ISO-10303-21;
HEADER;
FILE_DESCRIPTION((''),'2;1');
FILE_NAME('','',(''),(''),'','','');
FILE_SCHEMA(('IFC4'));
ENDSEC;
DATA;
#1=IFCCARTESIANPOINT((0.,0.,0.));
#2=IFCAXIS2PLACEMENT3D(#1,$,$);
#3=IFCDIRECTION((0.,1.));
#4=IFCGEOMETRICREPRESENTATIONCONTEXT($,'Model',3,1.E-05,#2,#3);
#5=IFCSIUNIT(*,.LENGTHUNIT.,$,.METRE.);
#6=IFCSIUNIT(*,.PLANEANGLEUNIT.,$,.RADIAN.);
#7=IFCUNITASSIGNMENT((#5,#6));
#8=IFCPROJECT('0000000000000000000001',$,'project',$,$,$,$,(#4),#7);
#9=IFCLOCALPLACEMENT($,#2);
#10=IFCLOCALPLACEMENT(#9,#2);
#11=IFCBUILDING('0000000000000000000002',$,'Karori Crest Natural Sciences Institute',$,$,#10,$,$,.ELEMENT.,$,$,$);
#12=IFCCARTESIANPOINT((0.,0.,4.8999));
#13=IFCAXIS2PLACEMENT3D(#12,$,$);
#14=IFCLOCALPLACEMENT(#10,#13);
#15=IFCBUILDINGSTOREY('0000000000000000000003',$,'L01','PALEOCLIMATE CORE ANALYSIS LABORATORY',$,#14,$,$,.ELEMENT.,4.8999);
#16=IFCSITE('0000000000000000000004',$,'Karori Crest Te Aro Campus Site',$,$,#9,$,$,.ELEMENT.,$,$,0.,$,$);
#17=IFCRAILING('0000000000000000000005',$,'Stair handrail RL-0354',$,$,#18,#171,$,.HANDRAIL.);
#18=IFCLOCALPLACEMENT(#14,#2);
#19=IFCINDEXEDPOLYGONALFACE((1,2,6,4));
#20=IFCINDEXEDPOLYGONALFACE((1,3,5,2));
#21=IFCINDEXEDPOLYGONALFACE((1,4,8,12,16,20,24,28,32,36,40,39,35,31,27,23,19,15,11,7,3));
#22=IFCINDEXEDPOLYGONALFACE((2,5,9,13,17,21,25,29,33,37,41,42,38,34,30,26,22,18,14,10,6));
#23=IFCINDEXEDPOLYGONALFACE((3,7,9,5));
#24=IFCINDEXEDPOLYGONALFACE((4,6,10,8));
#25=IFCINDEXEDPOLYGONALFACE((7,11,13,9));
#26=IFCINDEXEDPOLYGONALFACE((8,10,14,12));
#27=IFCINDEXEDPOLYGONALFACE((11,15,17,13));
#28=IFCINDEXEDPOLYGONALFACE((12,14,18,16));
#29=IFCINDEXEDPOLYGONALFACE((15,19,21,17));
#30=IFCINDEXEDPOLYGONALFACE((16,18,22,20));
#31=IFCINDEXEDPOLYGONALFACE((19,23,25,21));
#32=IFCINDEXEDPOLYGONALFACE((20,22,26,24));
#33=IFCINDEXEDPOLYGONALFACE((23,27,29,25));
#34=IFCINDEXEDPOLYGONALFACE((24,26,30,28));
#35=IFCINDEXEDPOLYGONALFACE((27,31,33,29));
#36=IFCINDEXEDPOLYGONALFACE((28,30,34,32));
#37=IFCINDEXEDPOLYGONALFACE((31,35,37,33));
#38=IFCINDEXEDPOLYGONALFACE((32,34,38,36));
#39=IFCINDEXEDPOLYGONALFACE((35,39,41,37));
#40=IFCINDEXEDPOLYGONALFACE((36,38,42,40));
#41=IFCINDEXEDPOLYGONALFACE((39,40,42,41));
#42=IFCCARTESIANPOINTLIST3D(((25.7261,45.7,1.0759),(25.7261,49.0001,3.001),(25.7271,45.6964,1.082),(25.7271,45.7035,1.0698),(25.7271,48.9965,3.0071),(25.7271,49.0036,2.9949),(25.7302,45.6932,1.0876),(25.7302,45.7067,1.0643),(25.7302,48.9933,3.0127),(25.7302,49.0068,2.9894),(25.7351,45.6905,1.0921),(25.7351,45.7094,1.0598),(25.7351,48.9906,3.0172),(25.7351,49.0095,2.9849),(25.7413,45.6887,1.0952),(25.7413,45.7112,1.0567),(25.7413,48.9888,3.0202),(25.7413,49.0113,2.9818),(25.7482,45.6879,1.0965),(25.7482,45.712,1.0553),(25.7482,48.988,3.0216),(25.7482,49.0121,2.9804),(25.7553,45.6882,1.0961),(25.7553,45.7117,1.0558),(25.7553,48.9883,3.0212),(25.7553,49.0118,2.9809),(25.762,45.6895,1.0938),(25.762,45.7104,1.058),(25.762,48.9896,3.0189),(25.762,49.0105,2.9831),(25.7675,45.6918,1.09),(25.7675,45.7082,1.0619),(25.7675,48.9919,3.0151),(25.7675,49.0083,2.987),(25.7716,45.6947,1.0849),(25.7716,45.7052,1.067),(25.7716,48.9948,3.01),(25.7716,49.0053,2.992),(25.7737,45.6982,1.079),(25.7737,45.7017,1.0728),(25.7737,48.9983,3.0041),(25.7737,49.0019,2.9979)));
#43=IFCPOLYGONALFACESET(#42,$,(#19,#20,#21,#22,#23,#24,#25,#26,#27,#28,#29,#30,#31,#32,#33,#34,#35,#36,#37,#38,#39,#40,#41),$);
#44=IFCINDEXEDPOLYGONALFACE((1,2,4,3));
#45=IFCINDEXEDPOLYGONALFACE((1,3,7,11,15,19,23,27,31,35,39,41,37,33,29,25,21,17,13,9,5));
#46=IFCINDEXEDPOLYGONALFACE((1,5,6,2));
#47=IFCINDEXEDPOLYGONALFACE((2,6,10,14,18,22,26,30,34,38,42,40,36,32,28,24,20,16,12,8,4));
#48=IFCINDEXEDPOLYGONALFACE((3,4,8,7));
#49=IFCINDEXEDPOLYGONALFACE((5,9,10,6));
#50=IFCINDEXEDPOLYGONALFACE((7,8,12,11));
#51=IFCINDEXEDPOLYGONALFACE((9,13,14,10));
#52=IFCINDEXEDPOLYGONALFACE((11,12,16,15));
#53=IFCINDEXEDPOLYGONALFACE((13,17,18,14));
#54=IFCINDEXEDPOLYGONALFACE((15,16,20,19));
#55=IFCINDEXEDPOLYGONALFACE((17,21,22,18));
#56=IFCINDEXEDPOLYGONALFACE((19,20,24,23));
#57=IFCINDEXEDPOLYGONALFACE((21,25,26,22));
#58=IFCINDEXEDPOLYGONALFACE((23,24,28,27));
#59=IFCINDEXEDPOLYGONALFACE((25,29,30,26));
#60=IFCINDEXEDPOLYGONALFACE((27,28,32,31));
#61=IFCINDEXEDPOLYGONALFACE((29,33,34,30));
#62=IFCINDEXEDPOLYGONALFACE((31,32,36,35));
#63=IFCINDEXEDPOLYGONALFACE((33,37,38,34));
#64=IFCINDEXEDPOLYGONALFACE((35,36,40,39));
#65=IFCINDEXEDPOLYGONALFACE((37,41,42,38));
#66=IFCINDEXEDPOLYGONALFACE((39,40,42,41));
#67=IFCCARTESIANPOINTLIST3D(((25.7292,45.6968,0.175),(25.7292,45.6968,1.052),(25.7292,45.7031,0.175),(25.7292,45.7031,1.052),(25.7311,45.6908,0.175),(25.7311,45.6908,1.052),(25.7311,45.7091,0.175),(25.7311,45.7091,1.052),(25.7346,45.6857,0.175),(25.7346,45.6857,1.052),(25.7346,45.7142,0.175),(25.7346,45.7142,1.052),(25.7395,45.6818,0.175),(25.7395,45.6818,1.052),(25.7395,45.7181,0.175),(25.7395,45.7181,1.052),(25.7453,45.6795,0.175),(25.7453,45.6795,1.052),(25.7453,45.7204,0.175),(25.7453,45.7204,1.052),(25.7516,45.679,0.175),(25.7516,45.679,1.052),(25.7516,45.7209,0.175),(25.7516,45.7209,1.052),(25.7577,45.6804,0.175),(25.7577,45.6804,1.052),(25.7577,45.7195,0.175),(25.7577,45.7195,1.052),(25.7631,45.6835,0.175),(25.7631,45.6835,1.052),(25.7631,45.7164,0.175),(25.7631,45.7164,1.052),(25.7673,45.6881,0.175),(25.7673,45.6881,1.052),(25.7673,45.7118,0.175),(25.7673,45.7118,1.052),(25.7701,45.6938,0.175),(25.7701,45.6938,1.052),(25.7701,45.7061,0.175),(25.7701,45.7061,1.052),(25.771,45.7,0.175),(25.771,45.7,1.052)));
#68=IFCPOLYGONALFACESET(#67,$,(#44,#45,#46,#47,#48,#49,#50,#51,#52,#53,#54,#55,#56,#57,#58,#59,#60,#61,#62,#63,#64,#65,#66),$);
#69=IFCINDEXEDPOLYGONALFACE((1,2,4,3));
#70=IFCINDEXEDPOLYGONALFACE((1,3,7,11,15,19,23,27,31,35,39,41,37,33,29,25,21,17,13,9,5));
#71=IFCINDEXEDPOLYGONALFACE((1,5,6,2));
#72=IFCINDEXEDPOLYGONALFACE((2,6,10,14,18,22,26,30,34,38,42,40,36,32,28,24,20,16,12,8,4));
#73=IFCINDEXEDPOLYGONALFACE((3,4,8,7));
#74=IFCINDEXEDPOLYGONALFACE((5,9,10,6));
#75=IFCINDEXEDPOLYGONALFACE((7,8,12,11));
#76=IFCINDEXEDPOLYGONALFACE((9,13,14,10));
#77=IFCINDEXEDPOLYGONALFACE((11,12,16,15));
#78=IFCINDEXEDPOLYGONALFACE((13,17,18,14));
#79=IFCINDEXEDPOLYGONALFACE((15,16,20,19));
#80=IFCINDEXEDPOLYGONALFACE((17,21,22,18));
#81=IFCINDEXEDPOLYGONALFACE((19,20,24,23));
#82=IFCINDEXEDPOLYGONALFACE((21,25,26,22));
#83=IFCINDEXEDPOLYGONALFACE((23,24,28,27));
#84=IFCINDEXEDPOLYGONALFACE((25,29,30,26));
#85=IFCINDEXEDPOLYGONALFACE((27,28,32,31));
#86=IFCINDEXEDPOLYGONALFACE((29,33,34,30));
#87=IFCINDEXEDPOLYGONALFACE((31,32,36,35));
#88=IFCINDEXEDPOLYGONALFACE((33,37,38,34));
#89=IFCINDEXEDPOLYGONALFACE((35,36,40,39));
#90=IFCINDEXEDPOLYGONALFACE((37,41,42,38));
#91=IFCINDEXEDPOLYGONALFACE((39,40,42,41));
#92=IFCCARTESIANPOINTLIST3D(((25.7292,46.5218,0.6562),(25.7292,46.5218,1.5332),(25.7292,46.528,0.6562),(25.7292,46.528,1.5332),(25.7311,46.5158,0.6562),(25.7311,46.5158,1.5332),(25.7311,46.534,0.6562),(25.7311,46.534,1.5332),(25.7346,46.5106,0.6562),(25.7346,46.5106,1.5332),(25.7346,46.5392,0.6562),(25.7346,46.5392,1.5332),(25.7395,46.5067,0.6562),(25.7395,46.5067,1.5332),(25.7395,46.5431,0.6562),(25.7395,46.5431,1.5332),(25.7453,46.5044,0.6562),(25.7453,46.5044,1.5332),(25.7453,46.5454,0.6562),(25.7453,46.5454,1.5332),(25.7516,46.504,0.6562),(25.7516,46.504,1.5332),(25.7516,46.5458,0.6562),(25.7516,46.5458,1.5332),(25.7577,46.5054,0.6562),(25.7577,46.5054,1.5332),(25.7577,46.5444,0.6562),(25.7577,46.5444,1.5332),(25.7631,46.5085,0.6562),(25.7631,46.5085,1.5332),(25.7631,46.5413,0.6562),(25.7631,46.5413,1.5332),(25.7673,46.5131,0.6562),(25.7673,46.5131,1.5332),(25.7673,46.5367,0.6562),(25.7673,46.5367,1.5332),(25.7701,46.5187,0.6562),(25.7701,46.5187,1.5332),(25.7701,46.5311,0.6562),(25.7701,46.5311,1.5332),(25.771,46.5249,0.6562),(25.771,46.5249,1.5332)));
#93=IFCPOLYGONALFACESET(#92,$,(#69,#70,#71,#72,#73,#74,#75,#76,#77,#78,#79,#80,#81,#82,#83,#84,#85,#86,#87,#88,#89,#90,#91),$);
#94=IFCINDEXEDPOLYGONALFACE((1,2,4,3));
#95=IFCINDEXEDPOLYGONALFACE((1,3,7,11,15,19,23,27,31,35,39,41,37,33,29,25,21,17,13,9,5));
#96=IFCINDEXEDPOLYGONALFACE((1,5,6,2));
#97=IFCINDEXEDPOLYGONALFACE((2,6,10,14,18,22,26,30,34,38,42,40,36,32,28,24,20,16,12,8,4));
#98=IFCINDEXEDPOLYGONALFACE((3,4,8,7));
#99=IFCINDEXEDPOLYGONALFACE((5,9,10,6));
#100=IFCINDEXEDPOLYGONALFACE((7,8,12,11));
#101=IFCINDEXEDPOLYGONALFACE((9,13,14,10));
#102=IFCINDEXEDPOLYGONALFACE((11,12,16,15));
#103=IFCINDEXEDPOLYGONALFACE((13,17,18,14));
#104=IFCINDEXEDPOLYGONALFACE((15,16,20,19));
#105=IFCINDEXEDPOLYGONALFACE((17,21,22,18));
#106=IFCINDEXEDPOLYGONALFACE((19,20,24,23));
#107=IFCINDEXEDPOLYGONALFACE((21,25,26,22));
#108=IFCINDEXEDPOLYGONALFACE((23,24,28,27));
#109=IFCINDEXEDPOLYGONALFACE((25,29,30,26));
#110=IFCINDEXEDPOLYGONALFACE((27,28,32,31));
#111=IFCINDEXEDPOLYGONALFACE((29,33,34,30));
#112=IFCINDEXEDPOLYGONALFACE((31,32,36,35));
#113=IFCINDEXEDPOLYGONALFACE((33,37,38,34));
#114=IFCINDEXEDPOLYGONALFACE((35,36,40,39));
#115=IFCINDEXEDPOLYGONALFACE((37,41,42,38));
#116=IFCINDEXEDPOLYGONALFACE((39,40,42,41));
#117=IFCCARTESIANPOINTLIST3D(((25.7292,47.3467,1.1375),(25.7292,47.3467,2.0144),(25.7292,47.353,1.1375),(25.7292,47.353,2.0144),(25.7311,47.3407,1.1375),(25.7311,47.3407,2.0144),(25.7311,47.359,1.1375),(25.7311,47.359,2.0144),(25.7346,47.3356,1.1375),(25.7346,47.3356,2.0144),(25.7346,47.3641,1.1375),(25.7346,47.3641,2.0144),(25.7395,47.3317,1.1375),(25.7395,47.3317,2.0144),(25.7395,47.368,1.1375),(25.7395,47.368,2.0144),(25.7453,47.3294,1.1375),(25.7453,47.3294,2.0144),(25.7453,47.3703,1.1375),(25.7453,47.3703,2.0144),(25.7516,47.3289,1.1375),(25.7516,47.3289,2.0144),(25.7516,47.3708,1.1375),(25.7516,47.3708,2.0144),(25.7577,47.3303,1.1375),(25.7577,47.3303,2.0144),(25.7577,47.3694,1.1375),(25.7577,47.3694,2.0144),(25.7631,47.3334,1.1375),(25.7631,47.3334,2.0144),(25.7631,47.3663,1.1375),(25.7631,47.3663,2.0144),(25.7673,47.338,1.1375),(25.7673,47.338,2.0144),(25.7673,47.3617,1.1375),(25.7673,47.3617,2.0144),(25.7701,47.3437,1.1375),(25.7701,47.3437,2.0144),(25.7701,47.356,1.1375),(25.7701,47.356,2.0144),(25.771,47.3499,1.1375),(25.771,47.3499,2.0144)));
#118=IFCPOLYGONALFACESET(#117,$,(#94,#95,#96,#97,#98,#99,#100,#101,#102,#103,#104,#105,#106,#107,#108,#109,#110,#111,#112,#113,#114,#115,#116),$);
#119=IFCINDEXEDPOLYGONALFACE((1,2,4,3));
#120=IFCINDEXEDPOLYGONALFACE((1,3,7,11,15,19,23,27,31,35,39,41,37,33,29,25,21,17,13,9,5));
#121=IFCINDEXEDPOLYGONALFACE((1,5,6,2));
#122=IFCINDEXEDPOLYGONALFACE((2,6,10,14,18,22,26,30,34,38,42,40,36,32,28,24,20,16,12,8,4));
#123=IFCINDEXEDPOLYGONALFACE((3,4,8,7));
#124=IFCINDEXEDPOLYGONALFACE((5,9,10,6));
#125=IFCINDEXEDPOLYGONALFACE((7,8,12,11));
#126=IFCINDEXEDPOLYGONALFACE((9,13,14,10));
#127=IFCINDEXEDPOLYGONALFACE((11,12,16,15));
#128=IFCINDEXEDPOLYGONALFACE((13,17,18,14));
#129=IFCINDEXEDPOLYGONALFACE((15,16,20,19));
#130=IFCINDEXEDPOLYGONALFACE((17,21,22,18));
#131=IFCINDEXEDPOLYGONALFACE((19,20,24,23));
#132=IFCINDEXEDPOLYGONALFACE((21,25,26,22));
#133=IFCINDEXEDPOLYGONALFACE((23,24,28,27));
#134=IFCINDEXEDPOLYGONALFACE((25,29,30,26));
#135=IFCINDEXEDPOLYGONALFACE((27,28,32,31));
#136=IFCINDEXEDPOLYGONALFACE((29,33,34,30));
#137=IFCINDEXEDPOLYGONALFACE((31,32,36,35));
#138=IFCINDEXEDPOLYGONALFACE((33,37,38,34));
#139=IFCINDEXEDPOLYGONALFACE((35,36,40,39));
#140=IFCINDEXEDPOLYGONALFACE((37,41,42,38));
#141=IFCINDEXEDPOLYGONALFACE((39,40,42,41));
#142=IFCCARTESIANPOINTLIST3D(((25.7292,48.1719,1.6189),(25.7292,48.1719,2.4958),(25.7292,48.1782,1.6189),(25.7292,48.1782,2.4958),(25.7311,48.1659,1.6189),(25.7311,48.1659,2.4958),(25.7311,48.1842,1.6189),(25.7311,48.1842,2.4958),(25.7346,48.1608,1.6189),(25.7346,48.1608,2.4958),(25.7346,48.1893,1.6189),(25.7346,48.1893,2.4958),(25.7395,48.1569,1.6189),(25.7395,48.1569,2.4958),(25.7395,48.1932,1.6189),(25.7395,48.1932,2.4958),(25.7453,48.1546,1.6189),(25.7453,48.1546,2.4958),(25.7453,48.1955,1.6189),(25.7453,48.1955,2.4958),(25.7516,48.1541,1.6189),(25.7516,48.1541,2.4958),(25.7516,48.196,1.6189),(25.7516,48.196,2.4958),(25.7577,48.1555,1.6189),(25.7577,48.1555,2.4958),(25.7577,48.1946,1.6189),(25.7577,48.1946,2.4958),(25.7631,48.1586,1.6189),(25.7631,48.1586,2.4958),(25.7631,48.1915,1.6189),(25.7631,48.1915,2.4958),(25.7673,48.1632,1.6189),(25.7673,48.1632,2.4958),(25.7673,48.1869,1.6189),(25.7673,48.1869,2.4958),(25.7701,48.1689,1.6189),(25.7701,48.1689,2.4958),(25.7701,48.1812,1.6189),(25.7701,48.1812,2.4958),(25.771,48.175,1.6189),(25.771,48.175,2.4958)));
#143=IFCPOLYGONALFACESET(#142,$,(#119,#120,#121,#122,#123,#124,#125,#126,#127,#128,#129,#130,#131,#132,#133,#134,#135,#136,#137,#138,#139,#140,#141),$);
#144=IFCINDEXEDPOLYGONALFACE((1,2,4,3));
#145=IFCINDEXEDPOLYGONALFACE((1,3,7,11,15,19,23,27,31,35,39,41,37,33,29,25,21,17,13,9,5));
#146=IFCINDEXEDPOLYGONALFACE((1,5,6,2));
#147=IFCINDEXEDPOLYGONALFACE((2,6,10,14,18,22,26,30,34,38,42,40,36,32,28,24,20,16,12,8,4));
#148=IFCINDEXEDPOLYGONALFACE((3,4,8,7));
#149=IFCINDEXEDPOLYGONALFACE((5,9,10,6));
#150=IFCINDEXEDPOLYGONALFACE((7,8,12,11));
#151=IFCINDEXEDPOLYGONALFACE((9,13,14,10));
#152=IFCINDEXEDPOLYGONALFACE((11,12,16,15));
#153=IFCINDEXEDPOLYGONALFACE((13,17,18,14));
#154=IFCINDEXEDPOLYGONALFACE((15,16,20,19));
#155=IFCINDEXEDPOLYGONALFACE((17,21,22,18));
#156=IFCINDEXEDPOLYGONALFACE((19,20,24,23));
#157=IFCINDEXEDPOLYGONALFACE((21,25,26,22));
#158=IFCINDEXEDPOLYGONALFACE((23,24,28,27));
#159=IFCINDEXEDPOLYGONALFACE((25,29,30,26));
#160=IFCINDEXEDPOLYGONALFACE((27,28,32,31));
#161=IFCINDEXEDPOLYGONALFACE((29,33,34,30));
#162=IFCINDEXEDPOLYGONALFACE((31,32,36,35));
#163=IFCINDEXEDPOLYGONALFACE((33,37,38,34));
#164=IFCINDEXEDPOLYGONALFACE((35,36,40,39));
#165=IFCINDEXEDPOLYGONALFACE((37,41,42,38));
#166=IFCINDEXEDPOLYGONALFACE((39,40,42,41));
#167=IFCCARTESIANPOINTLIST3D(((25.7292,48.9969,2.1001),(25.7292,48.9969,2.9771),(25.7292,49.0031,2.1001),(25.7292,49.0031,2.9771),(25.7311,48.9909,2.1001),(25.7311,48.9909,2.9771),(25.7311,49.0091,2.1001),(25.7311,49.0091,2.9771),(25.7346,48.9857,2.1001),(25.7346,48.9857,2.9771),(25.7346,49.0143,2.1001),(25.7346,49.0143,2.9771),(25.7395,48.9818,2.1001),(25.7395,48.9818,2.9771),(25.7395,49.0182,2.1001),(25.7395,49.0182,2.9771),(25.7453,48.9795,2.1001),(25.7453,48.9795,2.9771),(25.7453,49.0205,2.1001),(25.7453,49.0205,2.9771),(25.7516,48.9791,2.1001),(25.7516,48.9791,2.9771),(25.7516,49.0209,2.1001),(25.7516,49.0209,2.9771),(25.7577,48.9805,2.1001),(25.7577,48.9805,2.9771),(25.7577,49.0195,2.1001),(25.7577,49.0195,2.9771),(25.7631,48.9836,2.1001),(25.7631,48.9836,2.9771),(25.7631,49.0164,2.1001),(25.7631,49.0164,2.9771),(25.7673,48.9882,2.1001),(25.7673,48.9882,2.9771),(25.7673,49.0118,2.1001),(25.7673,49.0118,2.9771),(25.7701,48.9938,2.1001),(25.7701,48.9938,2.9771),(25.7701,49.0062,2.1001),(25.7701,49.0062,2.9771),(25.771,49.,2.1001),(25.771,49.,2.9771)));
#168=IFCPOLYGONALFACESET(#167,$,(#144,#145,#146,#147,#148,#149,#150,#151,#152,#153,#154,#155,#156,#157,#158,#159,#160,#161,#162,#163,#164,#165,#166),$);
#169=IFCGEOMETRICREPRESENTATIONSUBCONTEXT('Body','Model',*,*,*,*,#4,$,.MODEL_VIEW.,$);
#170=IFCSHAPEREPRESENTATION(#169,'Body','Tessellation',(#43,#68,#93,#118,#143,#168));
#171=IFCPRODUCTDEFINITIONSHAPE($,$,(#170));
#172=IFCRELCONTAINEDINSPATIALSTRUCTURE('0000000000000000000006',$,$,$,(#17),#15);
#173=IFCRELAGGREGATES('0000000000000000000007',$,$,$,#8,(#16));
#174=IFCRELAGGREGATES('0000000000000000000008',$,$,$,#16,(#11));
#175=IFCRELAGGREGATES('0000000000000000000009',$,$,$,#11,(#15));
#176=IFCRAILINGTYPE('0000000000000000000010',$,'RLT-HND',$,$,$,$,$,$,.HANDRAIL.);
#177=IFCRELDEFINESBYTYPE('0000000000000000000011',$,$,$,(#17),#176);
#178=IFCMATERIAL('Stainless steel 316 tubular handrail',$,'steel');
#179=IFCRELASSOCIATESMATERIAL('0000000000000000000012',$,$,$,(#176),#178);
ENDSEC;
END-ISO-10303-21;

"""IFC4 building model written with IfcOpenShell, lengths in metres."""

from ifc_helpers import new_model, si_unit, direction, frame, origin, origin_2d, place, context, subcontext, project, spatial, circle, extrude, material, type_object, element, save


model = new_model("IFC4")

# Units and contexts
model_context = context("Model", 3, precision=1e-05, world=origin(), true_north=direction((0.0, 1.0)))
body_context = subcontext(model_context, "Body", "Model", "MODEL_VIEW")
ifc_project = project(units=[si_unit("LENGTHUNIT", "METRE"), si_unit("PLANEANGLEUNIT", "RADIAN")], contexts=[model_context])

# Site, building, storey
site_placement = place(None, origin())
site = spatial("IfcSite", under=ifc_project, at=site_placement, Name="Karori Crest Te Aro Campus Site", CompositionType="ELEMENT", RefElevation=0.0)
building_placement = place(site_placement, origin())
building = spatial("IfcBuilding", under=site, at=building_placement, Name="Karori Crest Natural Sciences Institute", CompositionType="ELEMENT")
storey_placement = place(building_placement, frame((0.0, 0.0, 4.8999)))
storey = spatial("IfcBuildingStorey", under=building, at=storey_placement, Name="L01", Description="PALEOCLIMATE CORE ANALYSIS LABORATORY", CompositionType="ELEMENT", Elevation=4.8999)

# Railing
ifc_material_1 = material(Name="Stainless steel 316 tubular handrail", Category="steel")
railing_type_1 = type_object("IfcRailingType", Name="RLT-HND", PredefinedType="HANDRAIL", material=ifc_material_1)
railing_1_placement = place(storey_placement, frame((25.75, 45.7, 0.175)))
element("IfcRailing", 1, at=railing_1_placement, inside=storey, type_object=railing_type_1, Name="Stair handrail RL-0354", PredefinedType="HANDRAIL", context=body_context, shape_type="SweptSolid", body=[
    extrude(circle(Radius=0.0239, at=origin_2d()), frame((0.0, 0.0, 0.9009), z_axis=(0.0, 0.863777, 0.503875), x_axis=(-1.0, 0.0, 0.0)), (0.0, 0.0, 1.0), 3.8206),
    extrude(circle(Radius=0.021, at=origin_2d()), origin(), (0.0, 0.0, 1.0), 0.877),
    extrude(circle(Radius=0.021, at=origin_2d()), frame((0.0, 0.825, 0.4812)), (0.0, 0.0, 1.0), 0.877),
    extrude(circle(Radius=0.021, at=origin_2d()), frame((0.0, 1.6499, 0.9624)), (0.0, 0.0, 1.0), 0.877),
    extrude(circle(Radius=0.021, at=origin_2d()), frame((0.0, 2.4751, 1.4438)), (0.0, 0.0, 1.0), 0.877),
    extrude(circle(Radius=0.021, at=origin_2d()), frame((0.0, 3.3, 1.925)), (0.0, 0.0, 1.0), 0.877),
])

save(model, "model.ifc")
